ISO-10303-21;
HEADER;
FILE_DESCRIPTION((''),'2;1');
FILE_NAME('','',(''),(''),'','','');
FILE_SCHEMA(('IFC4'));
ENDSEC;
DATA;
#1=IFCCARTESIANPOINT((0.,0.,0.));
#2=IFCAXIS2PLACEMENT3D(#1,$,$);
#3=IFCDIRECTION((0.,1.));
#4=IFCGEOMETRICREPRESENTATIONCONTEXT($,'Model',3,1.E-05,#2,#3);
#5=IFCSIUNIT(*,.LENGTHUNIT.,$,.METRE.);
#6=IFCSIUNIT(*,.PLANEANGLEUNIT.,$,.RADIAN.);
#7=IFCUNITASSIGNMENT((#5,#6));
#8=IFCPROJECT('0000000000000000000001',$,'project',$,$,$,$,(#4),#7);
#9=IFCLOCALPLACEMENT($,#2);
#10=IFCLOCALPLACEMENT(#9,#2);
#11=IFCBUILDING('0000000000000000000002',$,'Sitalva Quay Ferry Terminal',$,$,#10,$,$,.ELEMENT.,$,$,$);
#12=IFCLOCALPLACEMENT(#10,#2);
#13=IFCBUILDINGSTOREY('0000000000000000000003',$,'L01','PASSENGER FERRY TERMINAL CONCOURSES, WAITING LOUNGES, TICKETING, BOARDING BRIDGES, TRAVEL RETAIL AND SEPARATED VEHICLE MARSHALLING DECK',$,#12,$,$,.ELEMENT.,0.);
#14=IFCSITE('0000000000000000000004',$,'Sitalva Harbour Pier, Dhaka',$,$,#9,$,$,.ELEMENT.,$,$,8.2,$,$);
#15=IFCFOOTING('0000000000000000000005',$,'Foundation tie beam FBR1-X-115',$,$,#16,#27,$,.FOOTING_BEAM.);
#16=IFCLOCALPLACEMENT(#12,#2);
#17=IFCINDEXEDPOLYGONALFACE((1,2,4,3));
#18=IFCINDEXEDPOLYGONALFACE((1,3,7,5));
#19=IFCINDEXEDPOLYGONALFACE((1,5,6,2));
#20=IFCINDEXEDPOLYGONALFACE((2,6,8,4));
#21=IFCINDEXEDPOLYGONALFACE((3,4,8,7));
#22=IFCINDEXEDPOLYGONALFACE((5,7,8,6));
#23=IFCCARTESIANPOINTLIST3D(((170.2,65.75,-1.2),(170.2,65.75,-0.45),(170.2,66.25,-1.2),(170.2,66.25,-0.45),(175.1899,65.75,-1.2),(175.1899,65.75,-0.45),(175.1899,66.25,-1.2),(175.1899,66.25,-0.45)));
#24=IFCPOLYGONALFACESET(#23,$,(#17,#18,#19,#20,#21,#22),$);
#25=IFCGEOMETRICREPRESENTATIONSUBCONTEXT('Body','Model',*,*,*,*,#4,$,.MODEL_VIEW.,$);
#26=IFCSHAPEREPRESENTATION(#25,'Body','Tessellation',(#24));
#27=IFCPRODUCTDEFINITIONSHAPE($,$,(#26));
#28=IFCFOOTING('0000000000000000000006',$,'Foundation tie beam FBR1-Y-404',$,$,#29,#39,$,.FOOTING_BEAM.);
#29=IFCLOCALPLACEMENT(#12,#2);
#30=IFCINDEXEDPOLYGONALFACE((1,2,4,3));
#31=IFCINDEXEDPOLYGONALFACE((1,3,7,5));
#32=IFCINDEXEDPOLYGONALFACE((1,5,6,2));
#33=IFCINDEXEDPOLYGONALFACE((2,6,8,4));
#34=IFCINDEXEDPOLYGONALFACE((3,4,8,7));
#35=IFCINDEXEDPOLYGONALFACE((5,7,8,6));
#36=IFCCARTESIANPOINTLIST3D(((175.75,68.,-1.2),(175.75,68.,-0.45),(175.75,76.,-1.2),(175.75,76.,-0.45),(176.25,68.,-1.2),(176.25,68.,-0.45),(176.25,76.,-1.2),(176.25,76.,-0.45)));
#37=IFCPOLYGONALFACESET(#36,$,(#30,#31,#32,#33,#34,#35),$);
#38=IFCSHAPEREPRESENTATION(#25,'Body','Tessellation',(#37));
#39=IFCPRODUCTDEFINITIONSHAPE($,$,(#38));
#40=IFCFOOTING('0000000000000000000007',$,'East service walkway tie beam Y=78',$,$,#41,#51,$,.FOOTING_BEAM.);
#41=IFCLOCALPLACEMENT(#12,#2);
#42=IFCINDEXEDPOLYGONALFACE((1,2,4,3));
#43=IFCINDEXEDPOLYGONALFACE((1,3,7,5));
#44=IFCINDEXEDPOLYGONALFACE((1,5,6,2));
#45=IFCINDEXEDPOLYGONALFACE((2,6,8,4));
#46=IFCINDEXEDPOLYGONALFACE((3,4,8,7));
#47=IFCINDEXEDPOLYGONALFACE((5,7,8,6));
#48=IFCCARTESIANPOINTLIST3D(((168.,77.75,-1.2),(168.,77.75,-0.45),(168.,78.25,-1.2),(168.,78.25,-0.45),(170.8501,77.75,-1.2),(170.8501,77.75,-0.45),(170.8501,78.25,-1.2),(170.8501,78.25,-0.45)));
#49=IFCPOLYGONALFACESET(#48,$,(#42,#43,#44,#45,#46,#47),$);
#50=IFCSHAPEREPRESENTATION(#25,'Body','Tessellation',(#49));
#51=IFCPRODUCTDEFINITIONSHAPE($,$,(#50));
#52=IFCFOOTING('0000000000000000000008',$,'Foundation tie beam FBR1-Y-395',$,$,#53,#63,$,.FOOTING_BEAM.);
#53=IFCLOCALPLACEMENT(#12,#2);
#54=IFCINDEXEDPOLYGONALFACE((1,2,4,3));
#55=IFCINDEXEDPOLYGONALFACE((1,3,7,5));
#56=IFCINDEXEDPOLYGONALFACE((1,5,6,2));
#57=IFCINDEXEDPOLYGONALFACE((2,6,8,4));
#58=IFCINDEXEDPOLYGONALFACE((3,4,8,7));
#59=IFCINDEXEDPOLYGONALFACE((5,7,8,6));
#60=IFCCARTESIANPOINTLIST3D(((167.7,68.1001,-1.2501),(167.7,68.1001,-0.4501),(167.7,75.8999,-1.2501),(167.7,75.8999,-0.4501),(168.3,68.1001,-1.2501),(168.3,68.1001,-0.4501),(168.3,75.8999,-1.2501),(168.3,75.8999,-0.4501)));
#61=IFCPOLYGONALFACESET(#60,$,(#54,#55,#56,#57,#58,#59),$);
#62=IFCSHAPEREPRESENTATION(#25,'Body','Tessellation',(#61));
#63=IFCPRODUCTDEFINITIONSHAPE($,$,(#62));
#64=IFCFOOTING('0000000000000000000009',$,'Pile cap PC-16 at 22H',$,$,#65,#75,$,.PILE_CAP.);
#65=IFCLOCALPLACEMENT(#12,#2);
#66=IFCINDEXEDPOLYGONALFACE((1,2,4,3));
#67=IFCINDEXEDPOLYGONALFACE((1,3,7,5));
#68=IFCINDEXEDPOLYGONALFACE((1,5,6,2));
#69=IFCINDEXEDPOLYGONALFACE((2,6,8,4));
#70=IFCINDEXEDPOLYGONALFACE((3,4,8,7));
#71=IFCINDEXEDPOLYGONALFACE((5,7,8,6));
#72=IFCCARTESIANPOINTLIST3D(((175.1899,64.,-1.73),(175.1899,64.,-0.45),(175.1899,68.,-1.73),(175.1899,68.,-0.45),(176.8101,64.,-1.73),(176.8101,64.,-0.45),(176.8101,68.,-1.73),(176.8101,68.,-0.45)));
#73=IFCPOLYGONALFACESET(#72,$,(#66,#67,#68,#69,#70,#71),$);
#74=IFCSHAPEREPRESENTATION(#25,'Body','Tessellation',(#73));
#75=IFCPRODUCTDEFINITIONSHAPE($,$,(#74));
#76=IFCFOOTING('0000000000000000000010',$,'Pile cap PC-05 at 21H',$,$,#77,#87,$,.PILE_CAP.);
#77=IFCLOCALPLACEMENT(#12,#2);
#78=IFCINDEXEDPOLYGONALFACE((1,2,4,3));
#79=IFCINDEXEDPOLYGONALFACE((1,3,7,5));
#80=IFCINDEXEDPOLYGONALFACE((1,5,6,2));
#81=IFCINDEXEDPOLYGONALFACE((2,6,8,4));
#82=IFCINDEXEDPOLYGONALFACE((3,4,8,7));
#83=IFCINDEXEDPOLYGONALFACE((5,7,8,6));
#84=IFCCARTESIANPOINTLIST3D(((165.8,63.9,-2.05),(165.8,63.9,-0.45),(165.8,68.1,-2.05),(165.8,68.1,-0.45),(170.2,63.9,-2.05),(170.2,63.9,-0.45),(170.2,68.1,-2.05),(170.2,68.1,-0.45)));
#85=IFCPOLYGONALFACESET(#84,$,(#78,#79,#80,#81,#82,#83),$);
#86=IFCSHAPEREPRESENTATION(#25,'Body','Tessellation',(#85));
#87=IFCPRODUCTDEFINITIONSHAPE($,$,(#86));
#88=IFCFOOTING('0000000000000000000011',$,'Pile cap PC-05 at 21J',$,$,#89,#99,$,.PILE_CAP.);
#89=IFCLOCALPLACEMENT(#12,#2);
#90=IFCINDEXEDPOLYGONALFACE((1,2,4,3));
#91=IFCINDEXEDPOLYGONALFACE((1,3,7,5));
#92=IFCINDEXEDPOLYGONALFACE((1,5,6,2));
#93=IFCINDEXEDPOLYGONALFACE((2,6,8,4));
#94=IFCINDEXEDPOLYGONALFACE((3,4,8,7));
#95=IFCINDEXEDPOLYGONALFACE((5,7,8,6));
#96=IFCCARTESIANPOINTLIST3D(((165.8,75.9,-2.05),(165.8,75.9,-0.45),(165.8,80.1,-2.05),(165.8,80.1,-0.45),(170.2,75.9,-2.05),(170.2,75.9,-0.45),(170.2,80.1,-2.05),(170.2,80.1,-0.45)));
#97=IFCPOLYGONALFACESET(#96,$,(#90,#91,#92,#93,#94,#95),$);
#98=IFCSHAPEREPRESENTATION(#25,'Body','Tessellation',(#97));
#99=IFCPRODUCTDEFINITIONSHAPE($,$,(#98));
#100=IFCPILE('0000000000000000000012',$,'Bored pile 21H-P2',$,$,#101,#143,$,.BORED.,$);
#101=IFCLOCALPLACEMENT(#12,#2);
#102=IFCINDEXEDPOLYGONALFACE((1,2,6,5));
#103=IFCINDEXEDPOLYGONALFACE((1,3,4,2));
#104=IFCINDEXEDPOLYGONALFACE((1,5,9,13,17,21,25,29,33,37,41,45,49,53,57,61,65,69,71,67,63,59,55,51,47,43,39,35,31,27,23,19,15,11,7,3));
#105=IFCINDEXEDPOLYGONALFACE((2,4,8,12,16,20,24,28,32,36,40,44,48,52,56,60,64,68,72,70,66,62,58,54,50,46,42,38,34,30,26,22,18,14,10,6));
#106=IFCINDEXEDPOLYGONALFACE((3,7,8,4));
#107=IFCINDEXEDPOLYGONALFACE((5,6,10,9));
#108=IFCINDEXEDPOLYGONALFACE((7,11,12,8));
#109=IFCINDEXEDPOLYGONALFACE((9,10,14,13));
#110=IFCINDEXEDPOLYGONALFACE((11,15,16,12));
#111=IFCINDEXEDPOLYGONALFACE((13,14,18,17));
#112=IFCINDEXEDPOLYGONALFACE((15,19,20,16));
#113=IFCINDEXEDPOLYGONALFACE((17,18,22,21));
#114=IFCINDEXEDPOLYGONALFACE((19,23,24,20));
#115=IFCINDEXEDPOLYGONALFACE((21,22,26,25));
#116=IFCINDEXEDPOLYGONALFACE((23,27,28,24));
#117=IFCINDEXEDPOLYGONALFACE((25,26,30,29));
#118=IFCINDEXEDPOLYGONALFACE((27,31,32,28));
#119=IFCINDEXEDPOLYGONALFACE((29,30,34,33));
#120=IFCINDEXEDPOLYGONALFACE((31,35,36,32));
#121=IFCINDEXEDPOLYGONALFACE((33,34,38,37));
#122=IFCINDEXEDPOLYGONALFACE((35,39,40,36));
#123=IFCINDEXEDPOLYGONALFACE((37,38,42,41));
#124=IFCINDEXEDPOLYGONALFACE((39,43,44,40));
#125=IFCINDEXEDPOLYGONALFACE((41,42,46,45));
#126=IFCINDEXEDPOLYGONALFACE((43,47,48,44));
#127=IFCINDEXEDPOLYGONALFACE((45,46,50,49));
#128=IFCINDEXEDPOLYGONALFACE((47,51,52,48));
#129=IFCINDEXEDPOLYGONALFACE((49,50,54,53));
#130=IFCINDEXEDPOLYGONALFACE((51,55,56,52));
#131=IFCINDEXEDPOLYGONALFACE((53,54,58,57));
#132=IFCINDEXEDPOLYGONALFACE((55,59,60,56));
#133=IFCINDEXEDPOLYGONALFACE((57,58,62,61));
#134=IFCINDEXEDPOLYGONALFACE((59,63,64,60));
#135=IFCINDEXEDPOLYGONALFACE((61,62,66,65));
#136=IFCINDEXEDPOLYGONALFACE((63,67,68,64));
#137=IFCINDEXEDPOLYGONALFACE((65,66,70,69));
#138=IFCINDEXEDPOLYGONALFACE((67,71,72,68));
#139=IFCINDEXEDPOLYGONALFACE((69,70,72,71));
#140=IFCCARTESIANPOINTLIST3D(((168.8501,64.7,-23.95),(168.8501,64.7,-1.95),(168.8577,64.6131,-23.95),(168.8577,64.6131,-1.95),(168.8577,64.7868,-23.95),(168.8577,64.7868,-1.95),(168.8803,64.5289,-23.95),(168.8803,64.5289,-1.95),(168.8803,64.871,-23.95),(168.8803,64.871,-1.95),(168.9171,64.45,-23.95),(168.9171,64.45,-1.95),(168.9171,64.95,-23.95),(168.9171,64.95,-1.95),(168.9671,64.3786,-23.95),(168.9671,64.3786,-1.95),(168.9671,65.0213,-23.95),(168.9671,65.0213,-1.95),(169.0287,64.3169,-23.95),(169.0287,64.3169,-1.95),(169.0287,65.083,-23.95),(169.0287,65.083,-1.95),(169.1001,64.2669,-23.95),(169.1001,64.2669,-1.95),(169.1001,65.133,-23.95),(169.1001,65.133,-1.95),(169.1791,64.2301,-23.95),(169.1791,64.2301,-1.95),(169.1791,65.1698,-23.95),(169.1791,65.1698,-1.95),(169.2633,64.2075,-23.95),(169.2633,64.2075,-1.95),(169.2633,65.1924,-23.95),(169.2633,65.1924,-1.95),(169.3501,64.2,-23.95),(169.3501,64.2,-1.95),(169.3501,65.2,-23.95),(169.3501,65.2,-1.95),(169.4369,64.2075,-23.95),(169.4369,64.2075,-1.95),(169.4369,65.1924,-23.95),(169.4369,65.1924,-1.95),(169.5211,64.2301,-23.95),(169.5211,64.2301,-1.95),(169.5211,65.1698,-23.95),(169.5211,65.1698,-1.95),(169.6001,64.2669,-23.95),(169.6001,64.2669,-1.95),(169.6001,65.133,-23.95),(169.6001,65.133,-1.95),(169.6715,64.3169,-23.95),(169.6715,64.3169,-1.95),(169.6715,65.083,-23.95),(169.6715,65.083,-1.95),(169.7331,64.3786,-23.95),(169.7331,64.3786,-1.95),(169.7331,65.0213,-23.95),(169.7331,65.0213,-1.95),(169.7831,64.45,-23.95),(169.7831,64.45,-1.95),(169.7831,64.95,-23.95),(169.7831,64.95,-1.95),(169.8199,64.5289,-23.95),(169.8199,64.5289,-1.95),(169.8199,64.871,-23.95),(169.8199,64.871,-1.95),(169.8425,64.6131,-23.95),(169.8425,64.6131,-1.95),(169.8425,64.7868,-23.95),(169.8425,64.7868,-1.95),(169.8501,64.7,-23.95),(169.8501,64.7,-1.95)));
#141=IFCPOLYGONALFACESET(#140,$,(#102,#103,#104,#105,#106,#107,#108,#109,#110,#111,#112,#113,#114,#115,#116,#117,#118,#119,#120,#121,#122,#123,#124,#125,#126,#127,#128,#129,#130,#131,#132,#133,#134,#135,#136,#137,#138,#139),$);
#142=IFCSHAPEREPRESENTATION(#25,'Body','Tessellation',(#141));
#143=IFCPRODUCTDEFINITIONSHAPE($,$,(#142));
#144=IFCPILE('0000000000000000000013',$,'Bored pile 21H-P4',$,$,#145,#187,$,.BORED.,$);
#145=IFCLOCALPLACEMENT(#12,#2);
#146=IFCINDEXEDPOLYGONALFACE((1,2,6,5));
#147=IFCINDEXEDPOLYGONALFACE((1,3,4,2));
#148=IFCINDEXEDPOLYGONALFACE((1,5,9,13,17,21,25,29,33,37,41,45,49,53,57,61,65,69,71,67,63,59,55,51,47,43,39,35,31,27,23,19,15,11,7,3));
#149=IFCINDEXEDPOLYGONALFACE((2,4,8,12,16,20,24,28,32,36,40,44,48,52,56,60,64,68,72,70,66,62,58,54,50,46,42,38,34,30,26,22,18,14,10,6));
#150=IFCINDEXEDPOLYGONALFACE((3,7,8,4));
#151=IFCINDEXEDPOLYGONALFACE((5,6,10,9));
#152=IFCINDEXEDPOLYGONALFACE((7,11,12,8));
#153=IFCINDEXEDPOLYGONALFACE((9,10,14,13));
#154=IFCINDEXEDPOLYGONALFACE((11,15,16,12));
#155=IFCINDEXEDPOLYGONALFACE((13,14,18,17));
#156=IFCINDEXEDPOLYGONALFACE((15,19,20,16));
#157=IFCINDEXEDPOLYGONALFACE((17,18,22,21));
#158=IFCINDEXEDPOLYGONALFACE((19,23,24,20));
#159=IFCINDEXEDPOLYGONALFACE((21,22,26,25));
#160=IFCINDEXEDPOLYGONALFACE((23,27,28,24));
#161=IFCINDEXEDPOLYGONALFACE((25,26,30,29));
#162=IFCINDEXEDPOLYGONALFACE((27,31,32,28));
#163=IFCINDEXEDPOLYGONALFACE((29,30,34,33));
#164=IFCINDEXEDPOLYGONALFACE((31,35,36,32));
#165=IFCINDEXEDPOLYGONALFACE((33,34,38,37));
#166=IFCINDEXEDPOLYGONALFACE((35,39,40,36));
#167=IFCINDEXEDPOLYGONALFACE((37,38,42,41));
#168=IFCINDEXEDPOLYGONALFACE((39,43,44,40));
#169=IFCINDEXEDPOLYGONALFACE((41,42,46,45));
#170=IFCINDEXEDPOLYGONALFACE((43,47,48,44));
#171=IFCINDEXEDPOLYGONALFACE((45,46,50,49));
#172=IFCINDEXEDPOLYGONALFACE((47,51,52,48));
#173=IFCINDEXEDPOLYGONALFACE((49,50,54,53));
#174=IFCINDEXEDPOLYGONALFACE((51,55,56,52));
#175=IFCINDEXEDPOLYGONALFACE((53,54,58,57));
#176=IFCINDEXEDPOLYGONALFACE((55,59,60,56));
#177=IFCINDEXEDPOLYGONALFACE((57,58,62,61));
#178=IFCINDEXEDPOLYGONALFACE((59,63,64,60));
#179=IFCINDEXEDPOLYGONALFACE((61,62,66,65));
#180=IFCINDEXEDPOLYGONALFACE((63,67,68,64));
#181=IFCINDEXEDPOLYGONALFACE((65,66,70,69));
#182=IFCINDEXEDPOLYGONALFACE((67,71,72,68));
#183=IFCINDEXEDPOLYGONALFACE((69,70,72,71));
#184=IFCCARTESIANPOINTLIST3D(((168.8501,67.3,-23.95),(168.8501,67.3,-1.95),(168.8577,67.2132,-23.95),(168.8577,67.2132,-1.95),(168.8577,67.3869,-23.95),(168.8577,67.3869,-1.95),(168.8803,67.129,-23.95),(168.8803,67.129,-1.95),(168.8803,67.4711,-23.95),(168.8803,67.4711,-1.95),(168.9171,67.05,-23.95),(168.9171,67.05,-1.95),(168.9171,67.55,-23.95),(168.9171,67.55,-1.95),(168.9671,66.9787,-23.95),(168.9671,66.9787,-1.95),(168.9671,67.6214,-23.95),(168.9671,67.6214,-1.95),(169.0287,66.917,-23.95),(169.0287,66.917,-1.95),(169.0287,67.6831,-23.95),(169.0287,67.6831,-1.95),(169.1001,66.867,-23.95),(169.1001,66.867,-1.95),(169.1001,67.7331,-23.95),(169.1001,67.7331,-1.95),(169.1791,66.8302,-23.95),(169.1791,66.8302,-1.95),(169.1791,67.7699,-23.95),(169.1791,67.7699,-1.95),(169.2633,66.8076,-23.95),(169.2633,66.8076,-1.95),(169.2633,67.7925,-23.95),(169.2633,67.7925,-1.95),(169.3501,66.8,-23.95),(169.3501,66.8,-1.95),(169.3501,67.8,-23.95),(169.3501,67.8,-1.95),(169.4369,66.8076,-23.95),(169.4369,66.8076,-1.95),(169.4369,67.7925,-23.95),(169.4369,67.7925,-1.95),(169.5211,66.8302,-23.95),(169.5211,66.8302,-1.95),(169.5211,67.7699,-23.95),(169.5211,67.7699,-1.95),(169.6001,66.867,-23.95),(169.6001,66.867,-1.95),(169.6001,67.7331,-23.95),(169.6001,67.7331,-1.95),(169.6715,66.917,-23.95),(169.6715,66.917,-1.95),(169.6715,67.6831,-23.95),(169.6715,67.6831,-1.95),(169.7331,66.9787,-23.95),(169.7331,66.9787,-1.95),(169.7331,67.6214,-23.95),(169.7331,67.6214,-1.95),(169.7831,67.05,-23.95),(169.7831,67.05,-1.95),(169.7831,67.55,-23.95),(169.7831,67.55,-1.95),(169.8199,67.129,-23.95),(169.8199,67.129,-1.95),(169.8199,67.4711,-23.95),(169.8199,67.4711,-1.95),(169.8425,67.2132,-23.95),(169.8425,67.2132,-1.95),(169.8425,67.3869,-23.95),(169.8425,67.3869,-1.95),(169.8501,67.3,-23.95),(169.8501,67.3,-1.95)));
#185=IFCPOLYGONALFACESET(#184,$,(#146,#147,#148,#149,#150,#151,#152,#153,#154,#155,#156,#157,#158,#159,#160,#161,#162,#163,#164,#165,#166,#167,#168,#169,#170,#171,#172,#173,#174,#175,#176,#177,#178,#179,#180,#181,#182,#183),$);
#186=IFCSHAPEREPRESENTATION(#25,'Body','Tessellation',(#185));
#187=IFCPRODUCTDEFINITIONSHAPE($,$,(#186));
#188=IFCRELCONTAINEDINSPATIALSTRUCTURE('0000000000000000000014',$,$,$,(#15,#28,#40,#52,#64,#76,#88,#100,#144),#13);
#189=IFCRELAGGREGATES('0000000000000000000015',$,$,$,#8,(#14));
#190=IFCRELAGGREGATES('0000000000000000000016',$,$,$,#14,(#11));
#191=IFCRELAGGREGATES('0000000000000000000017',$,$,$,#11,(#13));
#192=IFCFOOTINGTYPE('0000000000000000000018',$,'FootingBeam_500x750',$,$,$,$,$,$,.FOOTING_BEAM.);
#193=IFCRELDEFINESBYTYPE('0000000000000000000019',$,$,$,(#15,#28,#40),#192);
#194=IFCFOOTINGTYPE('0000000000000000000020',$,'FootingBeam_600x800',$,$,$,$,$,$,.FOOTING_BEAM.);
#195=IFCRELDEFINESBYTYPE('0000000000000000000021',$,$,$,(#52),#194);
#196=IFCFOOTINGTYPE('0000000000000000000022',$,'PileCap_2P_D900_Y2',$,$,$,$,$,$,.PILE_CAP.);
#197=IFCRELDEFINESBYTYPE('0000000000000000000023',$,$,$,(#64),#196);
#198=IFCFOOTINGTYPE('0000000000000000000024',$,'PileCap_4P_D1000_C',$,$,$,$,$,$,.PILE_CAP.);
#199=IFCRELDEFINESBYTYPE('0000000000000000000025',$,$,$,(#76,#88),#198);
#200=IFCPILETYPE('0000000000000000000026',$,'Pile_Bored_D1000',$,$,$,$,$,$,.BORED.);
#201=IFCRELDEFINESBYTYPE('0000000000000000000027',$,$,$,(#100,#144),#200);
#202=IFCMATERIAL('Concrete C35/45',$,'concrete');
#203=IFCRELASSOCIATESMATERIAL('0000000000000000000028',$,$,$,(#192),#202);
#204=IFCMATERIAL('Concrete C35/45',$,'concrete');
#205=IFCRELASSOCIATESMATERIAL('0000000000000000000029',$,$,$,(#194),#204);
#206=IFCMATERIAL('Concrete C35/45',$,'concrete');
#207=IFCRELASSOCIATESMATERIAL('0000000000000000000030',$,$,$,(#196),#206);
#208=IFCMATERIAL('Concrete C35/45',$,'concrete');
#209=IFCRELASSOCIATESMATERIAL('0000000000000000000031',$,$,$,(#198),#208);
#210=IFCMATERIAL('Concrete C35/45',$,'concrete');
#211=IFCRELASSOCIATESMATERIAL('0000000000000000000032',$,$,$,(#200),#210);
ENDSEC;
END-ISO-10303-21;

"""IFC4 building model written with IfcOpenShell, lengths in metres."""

from ifc_helpers import new_model, si_unit, direction, frame, origin, origin_2d, place, context, subcontext, project, spatial, rectangle, circle, extrude, material, material_profile, profile_set, type_object, element, save


model = new_model("IFC4")

# Units and contexts
model_context = context("Model", 3, precision=1e-05, world=origin(), true_north=direction((0.0, 1.0)))
body_context = subcontext(model_context, "Body", "Model", "MODEL_VIEW")
ifc_project = project(units=[si_unit("LENGTHUNIT", "METRE"), si_unit("PLANEANGLEUNIT", "RADIAN")], contexts=[model_context])

# Site, building, storey
site_placement = place(None, origin())
site = spatial("IfcSite", under=ifc_project, at=site_placement, Name="Sitalva Harbour Pier, Dhaka", CompositionType="ELEMENT", RefElevation=8.2)
building_placement = place(site_placement, origin())
building = spatial("IfcBuilding", under=site, at=building_placement, Name="Sitalva Quay Ferry Terminal", CompositionType="ELEMENT")
storey_placement = place(building_placement, origin())
storey = spatial("IfcBuildingStorey", under=building, at=storey_placement, Name="L01", Description="PASSENGER FERRY TERMINAL CONCOURSES, WAITING LOUNGES, TICKETING, BOARDING BRIDGES, TRAVEL RETAIL AND SEPARATED VEHICLE MARSHALLING DECK", CompositionType="ELEMENT", Elevation=0.0)

# Footings
ifc_material_1 = material(Name="Concrete C35/45", Category="concrete")
ifc_material_profile_1 = material_profile(ifc_material_1, rectangle(XDim=0.5, YDim=0.75, at=origin_2d()), Name="RC500x750")
ifc_profile_set_1 = profile_set([ifc_material_profile_1], Name="Concrete C35/45")
footing_type_1 = type_object("IfcFootingType", Name="FootingBeam_500x750", PredefinedType="FOOTING_BEAM", material=ifc_profile_set_1)
footing_1_placement = place(storey_placement, frame((170.2, 66.0, -0.825), z_axis=(1.0, 0.0, 0.0), x_axis=(0.0, 1.0, 0.0)))
element("IfcFooting", 1, at=footing_1_placement, inside=storey, type_object=footing_type_1, Name="Foundation tie beam FBR1-X-115", PredefinedType="FOOTING_BEAM", context=body_context, shape_type="SweptSolid", body=[
    extrude(rectangle(XDim=0.5, YDim=0.75, at=origin_2d()), origin(), (0.0, 0.0, 1.0), 4.99),
])
footing_2_placement = place(storey_placement, frame((176.0, 68.0, -0.825), z_axis=(0.0, 1.0, 0.0), x_axis=(-1.0, 0.0, 0.0)))
element("IfcFooting", 2, at=footing_2_placement, inside=storey, type_object=footing_type_1, Name="Foundation tie beam FBR1-Y-404", PredefinedType="FOOTING_BEAM", context=body_context, shape_type="SweptSolid", body=[
    extrude(rectangle(XDim=0.5, YDim=0.75, at=origin_2d()), origin(), (0.0, 0.0, 1.0), 8.0),
])
footing_3_placement = place(storey_placement, frame((168.0, 78.0, -0.825), z_axis=(1.0, 0.0, 0.0), x_axis=(0.0, 1.0, 0.0)))
element("IfcFooting", 3, at=footing_3_placement, inside=storey, type_object=footing_type_1, Name="East service walkway tie beam Y=78", PredefinedType="FOOTING_BEAM", context=body_context, shape_type="SweptSolid", body=[
    extrude(rectangle(XDim=0.5, YDim=0.75, at=origin_2d()), origin(), (0.0, 0.0, 1.0), 2.8501),
])
ifc_material_2 = material(Name="Concrete C35/45", Category="concrete")
ifc_material_profile_2 = material_profile(ifc_material_2, rectangle(XDim=0.6001, YDim=0.8, at=origin_2d()), Name="RC600x800")
ifc_profile_set_2 = profile_set([ifc_material_profile_2], Name="Concrete C35/45")
footing_type_2 = type_object("IfcFootingType", Name="FootingBeam_600x800", PredefinedType="FOOTING_BEAM", material=ifc_profile_set_2)
footing_4_placement = place(storey_placement, frame((168.0, 68.1001, -0.8501), z_axis=(0.0, 1.0, 0.0), x_axis=(-1.0, 0.0, 0.0)))
element("IfcFooting", 4, at=footing_4_placement, inside=storey, type_object=footing_type_2, Name="Foundation tie beam FBR1-Y-395", PredefinedType="FOOTING_BEAM", context=body_context, shape_type="SweptSolid", body=[
    extrude(rectangle(XDim=0.6001, YDim=0.8, at=origin_2d()), origin(), (0.0, 0.0, 1.0), 7.7998),
])
ifc_material_3 = material(Name="Concrete C35/45", Category="concrete")
footing_type_3 = type_object("IfcFootingType", Name="PileCap_2P_D900_Y2", PredefinedType="PILE_CAP", material=ifc_material_3)
footing_5_placement = place(storey_placement, frame((176.0, 66.0, -1.73), z_axis=(0.0, 0.0, 1.0), x_axis=(1.0, 0.0, 0.0)))
element("IfcFooting", 5, at=footing_5_placement, inside=storey, type_object=footing_type_3, Name="Pile cap PC-16 at 22H", PredefinedType="PILE_CAP", context=body_context, shape_type="SweptSolid", body=[
    extrude(rectangle(XDim=1.6201, YDim=4.0, at=origin_2d()), origin(), (0.0, 0.0, 1.0), 1.28),
])
ifc_material_4 = material(Name="Concrete C35/45", Category="concrete")
footing_type_4 = type_object("IfcFootingType", Name="PileCap_4P_D1000_C", PredefinedType="PILE_CAP", material=ifc_material_4)
for number, where, z_axis, x_axis, name in (
    (6, (168.0, 66.0, -2.05), (0.0, 0.0, 1.0), (1.0, 0.0, 0.0), "Pile cap PC-05 at 21H"),
    (7, (168.0, 78.0, -2.05), (0.0, 0.0, 1.0), (1.0, 0.0, 0.0), "Pile cap PC-05 at 21J"),
):
    element("IfcFooting", number, at=place(storey_placement, frame(where, z_axis=z_axis, x_axis=x_axis)), inside=storey, type_object=footing_type_4, Name=name, PredefinedType="PILE_CAP", context=body_context, shape_type="SweptSolid", body=[
        extrude(rectangle(XDim=4.3999, YDim=4.2, at=origin_2d()), origin(), (0.0, 0.0, 1.0), 1.6001),
    ])

# Piles
ifc_material_5 = material(Name="Concrete C35/45", Category="concrete")
ifc_material_profile_3 = material_profile(ifc_material_5, circle(Radius=0.5, at=origin_2d()), Name="PILE-D1000")
ifc_profile_set_3 = profile_set([ifc_material_profile_3], Name="Concrete C35/45")
pile_type_1 = type_object("IfcPileType", Name="Pile_Bored_D1000", PredefinedType="BORED", material=ifc_profile_set_3)
for number, where, z_axis, x_axis, name in (
    (8, (169.3501, 64.7, -1.95), (0.0, 0.0, -1.0), (1.0, 0.0, 0.0), "Bored pile 21H-P2"),
    (9, (169.3501, 67.3, -1.95), (0.0, 0.0, -1.0), (1.0, 0.0, 0.0), "Bored pile 21H-P4"),
):
    element("IfcPile", number, at=place(storey_placement, frame(where, z_axis=z_axis, x_axis=x_axis)), inside=storey, type_object=pile_type_1, Name=name, PredefinedType="BORED", context=body_context, shape_type="SweptSolid", body=[
        extrude(circle(Radius=0.5, at=origin_2d()), origin(), (0.0, 0.0, 1.0), 22.0),
    ])

save(model, "model.ifc")
